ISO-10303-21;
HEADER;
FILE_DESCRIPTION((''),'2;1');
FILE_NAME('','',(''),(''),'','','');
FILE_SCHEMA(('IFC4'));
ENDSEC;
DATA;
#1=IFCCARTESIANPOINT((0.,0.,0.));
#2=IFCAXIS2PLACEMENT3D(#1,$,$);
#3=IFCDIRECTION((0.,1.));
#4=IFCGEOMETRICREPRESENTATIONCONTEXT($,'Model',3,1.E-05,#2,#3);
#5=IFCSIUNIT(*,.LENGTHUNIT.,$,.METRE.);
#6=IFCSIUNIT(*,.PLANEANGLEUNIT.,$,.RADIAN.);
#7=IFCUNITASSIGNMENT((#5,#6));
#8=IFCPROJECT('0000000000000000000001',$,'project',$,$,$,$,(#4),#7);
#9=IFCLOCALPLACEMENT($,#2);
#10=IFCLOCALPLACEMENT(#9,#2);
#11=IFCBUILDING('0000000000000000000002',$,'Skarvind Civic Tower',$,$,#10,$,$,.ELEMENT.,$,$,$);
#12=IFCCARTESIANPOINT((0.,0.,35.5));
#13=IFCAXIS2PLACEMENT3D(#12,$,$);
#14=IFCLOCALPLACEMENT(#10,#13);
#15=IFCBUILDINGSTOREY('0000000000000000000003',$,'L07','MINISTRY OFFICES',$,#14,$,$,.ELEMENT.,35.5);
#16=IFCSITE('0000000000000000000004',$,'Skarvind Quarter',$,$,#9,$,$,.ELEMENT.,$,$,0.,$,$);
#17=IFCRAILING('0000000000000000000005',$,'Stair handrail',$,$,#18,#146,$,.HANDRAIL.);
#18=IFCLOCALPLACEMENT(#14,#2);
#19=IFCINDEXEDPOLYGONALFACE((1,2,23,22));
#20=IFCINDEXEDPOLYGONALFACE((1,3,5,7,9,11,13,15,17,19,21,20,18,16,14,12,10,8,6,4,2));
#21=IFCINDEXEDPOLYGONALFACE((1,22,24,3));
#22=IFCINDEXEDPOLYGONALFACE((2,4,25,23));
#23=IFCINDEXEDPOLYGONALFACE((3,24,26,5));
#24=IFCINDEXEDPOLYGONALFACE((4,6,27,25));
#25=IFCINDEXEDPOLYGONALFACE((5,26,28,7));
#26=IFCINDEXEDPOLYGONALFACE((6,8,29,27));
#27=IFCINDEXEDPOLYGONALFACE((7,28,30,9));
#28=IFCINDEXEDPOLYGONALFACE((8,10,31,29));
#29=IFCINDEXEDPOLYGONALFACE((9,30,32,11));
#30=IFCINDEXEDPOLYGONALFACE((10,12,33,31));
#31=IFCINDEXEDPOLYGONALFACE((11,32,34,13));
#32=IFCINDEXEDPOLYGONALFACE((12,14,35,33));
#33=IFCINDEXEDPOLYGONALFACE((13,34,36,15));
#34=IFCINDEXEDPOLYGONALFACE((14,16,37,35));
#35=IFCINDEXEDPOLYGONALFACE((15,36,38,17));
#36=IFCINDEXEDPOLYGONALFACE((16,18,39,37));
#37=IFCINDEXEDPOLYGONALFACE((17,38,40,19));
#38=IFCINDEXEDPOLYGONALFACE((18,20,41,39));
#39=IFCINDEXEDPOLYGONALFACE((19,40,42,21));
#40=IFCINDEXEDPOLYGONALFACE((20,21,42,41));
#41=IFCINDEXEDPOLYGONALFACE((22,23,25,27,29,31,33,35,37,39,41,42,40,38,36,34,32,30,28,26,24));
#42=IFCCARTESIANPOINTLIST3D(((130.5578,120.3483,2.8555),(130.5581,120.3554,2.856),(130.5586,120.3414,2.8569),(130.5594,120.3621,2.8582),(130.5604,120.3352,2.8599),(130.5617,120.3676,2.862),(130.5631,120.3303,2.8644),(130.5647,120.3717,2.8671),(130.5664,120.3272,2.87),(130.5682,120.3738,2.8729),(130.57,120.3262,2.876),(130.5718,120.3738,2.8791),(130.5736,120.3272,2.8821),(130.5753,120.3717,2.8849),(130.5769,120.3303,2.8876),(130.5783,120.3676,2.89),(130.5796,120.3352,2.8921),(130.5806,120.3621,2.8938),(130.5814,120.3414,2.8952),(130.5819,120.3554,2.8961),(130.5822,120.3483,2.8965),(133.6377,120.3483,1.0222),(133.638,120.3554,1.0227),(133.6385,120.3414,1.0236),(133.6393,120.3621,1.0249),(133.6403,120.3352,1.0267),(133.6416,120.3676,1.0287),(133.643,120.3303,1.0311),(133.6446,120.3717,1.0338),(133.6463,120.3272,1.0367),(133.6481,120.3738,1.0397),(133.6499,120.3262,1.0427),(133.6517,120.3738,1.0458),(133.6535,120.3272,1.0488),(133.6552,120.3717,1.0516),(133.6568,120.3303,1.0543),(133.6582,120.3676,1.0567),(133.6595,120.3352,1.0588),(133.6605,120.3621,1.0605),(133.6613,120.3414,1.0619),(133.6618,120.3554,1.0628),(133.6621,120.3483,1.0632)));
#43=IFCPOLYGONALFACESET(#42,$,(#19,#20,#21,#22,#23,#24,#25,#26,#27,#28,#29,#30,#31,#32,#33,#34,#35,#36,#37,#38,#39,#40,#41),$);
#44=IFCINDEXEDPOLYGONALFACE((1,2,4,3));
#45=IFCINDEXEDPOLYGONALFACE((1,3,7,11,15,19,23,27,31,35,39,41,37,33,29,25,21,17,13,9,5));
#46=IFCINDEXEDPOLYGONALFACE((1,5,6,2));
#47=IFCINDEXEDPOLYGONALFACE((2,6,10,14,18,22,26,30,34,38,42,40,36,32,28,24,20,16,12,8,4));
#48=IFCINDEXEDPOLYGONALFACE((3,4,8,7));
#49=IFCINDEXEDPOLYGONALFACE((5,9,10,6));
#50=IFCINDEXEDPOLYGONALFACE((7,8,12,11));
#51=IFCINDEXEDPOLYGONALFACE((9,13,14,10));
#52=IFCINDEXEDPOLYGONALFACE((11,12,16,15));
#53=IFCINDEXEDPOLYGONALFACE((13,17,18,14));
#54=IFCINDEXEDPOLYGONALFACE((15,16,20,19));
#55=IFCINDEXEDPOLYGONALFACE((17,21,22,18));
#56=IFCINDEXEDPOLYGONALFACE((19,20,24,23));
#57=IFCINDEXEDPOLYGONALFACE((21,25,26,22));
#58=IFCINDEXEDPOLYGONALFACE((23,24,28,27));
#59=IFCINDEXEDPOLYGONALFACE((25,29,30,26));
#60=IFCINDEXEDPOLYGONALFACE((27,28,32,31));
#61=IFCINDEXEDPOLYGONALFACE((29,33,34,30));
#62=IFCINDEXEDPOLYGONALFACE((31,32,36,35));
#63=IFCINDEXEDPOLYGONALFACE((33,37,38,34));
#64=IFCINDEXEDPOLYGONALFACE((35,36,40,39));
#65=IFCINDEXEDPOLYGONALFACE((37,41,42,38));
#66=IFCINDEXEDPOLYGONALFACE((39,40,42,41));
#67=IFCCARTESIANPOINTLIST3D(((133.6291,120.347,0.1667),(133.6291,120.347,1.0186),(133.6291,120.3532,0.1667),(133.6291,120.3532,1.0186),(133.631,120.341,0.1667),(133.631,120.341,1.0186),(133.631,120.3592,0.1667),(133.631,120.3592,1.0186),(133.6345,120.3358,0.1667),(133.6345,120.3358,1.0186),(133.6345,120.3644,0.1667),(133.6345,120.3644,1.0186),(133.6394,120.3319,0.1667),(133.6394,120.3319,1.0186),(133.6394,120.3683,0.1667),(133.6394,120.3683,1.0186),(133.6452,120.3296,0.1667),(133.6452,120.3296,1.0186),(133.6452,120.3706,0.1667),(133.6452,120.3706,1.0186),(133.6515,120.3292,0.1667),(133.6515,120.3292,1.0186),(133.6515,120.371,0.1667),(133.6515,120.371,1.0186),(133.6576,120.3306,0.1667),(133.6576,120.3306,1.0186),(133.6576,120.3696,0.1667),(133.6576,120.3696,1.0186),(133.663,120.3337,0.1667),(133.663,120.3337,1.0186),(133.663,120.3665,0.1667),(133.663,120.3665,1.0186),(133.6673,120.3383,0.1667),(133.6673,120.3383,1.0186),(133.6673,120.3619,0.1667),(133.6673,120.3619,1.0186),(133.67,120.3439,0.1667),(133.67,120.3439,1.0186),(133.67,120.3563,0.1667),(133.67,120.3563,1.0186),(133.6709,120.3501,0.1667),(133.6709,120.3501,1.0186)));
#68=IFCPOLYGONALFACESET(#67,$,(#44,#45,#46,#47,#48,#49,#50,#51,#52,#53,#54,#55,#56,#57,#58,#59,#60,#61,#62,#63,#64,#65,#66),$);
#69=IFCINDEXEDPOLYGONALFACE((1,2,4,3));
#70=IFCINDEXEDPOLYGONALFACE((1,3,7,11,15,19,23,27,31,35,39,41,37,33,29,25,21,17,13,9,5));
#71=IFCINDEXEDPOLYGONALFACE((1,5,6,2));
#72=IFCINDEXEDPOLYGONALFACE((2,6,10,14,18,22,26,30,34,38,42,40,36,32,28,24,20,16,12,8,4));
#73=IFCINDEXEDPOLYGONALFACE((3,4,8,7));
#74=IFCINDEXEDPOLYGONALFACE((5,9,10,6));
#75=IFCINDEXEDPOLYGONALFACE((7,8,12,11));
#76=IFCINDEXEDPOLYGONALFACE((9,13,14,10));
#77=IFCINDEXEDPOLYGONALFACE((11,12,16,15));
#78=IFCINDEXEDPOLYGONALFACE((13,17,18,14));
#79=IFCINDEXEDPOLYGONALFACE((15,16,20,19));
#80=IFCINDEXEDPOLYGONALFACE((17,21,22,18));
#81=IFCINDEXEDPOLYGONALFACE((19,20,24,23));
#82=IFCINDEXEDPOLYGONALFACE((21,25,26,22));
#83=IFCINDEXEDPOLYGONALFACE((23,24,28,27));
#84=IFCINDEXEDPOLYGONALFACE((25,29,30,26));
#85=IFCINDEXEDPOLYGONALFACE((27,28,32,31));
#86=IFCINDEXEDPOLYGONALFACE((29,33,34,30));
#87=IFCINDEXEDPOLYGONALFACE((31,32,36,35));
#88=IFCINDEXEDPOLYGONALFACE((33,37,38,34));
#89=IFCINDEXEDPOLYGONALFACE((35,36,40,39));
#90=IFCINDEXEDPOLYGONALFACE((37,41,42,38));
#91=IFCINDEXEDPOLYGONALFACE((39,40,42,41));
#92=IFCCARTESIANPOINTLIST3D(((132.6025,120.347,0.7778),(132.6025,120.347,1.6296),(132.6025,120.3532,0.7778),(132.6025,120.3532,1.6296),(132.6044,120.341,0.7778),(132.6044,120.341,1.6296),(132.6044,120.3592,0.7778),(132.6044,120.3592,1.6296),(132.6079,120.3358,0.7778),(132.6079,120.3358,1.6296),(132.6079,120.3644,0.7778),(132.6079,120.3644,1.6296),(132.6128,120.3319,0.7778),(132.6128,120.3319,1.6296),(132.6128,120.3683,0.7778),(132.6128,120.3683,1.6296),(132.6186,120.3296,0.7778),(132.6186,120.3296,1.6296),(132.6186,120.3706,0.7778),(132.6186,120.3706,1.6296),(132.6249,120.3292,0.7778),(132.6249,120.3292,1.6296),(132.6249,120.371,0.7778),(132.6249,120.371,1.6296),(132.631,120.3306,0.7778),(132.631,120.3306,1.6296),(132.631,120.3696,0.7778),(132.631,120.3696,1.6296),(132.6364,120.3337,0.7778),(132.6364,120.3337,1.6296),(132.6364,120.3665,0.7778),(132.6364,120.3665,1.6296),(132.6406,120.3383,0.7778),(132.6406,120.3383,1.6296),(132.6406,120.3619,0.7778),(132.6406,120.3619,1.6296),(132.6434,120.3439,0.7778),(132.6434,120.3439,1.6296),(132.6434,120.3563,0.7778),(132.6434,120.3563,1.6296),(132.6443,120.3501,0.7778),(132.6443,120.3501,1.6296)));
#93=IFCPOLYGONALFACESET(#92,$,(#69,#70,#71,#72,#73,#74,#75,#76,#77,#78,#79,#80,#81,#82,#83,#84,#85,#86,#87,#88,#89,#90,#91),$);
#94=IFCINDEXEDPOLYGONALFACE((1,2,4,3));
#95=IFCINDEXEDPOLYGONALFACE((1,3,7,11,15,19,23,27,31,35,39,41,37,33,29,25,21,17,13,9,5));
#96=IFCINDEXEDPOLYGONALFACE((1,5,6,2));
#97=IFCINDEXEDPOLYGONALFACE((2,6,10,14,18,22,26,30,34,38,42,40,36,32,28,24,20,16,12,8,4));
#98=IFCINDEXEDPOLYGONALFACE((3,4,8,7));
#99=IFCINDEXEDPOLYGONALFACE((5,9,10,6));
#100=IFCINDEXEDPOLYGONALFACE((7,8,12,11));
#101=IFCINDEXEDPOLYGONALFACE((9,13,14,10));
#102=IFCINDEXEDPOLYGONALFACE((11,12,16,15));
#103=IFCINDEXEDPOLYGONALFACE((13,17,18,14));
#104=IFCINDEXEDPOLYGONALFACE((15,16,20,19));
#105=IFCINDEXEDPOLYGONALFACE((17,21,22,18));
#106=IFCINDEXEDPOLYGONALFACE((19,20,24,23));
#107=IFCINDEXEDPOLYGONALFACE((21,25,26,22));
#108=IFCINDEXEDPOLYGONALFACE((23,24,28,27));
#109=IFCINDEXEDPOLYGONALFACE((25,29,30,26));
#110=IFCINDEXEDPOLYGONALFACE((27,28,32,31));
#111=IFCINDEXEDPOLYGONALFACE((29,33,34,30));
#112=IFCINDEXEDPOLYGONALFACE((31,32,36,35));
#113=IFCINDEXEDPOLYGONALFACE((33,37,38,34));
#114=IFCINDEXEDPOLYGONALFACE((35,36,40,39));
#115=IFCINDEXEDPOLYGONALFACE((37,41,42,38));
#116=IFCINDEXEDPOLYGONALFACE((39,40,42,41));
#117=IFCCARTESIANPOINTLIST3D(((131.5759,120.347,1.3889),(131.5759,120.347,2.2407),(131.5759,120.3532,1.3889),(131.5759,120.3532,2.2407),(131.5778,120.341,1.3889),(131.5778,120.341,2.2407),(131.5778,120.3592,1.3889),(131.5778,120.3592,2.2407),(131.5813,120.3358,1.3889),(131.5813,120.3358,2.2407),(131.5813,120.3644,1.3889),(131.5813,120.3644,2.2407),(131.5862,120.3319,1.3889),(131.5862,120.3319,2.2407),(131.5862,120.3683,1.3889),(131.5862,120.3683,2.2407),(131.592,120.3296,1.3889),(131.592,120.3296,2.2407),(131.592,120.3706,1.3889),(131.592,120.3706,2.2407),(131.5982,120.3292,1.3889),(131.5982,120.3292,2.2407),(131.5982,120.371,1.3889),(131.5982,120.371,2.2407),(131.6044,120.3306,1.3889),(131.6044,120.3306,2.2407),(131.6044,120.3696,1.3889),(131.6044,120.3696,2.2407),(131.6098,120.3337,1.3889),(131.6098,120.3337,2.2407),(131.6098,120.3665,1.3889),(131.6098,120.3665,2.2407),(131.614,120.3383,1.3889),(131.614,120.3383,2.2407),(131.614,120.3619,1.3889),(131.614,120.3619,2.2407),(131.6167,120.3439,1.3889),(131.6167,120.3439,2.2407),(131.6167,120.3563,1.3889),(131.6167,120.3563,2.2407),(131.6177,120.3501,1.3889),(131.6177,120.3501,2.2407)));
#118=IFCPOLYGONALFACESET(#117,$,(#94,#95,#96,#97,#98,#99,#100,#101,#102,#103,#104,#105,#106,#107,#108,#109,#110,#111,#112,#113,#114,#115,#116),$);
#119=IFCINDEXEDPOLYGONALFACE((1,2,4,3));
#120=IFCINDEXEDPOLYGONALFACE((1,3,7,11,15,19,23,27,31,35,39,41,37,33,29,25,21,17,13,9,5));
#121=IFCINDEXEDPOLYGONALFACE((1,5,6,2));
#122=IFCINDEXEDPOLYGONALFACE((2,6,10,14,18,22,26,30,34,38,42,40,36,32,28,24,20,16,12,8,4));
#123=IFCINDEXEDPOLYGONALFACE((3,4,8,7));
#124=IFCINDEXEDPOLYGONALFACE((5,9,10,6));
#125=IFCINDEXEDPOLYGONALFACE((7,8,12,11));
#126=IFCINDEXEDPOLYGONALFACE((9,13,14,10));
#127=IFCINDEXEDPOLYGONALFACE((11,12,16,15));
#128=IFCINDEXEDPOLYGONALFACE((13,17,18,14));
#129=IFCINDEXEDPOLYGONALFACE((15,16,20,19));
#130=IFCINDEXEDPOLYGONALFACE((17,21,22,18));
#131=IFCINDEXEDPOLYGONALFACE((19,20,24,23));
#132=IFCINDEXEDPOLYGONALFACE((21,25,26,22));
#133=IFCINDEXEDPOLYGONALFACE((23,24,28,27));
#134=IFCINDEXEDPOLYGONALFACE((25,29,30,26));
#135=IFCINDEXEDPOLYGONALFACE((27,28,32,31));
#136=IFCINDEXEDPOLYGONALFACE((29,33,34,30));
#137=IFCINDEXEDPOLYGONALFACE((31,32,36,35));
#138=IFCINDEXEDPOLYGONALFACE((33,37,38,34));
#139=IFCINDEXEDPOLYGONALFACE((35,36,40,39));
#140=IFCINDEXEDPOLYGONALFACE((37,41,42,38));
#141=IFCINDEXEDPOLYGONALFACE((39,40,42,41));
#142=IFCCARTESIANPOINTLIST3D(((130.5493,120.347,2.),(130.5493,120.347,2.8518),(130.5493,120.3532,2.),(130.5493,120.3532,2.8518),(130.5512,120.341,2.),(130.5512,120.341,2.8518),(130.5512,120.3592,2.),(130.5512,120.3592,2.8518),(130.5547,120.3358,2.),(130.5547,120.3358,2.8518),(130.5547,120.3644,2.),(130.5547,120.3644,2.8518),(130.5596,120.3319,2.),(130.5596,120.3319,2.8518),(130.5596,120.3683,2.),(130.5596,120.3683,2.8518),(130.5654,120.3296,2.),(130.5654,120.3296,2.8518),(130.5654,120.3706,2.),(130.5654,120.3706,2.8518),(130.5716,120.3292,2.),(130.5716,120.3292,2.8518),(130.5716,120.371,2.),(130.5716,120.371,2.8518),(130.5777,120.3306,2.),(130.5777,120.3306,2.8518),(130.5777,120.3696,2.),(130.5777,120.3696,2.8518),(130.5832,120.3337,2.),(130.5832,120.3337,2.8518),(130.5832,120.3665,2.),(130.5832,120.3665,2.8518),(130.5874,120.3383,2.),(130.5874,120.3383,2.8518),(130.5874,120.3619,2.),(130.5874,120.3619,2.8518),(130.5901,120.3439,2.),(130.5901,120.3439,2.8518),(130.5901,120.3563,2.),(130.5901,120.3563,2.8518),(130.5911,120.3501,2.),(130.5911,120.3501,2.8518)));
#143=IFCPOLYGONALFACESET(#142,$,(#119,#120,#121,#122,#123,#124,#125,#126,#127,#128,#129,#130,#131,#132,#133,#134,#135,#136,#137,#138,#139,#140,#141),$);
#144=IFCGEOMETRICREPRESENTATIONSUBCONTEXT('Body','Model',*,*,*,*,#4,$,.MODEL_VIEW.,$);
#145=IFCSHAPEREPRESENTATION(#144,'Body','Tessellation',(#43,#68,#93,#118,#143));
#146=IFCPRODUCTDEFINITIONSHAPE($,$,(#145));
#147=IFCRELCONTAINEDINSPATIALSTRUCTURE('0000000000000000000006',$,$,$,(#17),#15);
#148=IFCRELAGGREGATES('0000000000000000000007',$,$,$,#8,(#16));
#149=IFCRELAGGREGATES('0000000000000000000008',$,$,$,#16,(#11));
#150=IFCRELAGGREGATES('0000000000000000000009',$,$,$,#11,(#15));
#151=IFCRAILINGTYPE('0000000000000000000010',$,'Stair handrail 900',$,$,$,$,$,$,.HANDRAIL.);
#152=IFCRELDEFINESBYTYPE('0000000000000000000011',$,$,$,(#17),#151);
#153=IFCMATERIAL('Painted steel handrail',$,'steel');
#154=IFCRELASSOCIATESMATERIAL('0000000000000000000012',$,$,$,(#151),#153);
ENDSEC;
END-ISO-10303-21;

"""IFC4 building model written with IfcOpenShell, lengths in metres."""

from ifc_helpers import new_model, si_unit, direction, frame, origin, origin_2d, place, context, subcontext, project, spatial, circle, extrude, material, type_object, element, save


model = new_model("IFC4")

# Units and contexts
model_context = context("Model", 3, precision=1e-05, world=origin(), true_north=direction((0.0, 1.0)))
body_context = subcontext(model_context, "Body", "Model", "MODEL_VIEW")
ifc_project = project(units=[si_unit("LENGTHUNIT", "METRE"), si_unit("PLANEANGLEUNIT", "RADIAN")], contexts=[model_context])

# Site, building, storey
site_placement = place(None, origin())
site = spatial("IfcSite", under=ifc_project, at=site_placement, Name="Skarvind Quarter", CompositionType="ELEMENT", RefElevation=0.0)
building_placement = place(site_placement, origin())
building = spatial("IfcBuilding", under=site, at=building_placement, Name="Skarvind Civic Tower", CompositionType="ELEMENT")
storey_placement = place(building_placement, frame((0.0, 0.0, 35.5)))
storey = spatial("IfcBuildingStorey", under=building, at=storey_placement, Name="L07", Description="MINISTRY OFFICES", CompositionType="ELEMENT", Elevation=35.5)

# Railing
ifc_material_1 = material(Name="Painted steel handrail", Category="steel")
railing_type = type_object("IfcRailingType", Name="Stair handrail 900", PredefinedType="HANDRAIL", material=ifc_material_1)
railing_1_placement = place(storey_placement, frame((133.6499, 120.3501, 0.1667)))
element("IfcRailing", 1, at=railing_1_placement, inside=storey, type_object=railing_type, Name="Stair handrail", PredefinedType="HANDRAIL", context=body_context, shape_type="SweptSolid", body=[
    extrude(circle(Radius=0.0239, at=origin_2d()), frame((0.0, 0.0, 0.876), z_axis=(-0.859291, 0.0, 0.511487), x_axis=(0.0, -1.0, 0.0)), (0.0, 0.0, 1.0), 3.5842),
    extrude(circle(Radius=0.021, at=origin_2d()), origin(), (0.0, 0.0, 1.0), 0.8518),
    extrude(circle(Radius=0.021, at=origin_2d()), frame((-1.0266, 0.0, 0.6111)), (0.0, 0.0, 1.0), 0.8518),
    extrude(circle(Radius=0.021, at=origin_2d()), frame((-2.0532, 0.0, 1.2222)), (0.0, 0.0, 1.0), 0.8518),
    extrude(circle(Radius=0.021, at=origin_2d()), frame((-3.0798, 0.0, 1.8333)), (0.0, 0.0, 1.0), 0.8518),
])

save(model, "model.ifc")
